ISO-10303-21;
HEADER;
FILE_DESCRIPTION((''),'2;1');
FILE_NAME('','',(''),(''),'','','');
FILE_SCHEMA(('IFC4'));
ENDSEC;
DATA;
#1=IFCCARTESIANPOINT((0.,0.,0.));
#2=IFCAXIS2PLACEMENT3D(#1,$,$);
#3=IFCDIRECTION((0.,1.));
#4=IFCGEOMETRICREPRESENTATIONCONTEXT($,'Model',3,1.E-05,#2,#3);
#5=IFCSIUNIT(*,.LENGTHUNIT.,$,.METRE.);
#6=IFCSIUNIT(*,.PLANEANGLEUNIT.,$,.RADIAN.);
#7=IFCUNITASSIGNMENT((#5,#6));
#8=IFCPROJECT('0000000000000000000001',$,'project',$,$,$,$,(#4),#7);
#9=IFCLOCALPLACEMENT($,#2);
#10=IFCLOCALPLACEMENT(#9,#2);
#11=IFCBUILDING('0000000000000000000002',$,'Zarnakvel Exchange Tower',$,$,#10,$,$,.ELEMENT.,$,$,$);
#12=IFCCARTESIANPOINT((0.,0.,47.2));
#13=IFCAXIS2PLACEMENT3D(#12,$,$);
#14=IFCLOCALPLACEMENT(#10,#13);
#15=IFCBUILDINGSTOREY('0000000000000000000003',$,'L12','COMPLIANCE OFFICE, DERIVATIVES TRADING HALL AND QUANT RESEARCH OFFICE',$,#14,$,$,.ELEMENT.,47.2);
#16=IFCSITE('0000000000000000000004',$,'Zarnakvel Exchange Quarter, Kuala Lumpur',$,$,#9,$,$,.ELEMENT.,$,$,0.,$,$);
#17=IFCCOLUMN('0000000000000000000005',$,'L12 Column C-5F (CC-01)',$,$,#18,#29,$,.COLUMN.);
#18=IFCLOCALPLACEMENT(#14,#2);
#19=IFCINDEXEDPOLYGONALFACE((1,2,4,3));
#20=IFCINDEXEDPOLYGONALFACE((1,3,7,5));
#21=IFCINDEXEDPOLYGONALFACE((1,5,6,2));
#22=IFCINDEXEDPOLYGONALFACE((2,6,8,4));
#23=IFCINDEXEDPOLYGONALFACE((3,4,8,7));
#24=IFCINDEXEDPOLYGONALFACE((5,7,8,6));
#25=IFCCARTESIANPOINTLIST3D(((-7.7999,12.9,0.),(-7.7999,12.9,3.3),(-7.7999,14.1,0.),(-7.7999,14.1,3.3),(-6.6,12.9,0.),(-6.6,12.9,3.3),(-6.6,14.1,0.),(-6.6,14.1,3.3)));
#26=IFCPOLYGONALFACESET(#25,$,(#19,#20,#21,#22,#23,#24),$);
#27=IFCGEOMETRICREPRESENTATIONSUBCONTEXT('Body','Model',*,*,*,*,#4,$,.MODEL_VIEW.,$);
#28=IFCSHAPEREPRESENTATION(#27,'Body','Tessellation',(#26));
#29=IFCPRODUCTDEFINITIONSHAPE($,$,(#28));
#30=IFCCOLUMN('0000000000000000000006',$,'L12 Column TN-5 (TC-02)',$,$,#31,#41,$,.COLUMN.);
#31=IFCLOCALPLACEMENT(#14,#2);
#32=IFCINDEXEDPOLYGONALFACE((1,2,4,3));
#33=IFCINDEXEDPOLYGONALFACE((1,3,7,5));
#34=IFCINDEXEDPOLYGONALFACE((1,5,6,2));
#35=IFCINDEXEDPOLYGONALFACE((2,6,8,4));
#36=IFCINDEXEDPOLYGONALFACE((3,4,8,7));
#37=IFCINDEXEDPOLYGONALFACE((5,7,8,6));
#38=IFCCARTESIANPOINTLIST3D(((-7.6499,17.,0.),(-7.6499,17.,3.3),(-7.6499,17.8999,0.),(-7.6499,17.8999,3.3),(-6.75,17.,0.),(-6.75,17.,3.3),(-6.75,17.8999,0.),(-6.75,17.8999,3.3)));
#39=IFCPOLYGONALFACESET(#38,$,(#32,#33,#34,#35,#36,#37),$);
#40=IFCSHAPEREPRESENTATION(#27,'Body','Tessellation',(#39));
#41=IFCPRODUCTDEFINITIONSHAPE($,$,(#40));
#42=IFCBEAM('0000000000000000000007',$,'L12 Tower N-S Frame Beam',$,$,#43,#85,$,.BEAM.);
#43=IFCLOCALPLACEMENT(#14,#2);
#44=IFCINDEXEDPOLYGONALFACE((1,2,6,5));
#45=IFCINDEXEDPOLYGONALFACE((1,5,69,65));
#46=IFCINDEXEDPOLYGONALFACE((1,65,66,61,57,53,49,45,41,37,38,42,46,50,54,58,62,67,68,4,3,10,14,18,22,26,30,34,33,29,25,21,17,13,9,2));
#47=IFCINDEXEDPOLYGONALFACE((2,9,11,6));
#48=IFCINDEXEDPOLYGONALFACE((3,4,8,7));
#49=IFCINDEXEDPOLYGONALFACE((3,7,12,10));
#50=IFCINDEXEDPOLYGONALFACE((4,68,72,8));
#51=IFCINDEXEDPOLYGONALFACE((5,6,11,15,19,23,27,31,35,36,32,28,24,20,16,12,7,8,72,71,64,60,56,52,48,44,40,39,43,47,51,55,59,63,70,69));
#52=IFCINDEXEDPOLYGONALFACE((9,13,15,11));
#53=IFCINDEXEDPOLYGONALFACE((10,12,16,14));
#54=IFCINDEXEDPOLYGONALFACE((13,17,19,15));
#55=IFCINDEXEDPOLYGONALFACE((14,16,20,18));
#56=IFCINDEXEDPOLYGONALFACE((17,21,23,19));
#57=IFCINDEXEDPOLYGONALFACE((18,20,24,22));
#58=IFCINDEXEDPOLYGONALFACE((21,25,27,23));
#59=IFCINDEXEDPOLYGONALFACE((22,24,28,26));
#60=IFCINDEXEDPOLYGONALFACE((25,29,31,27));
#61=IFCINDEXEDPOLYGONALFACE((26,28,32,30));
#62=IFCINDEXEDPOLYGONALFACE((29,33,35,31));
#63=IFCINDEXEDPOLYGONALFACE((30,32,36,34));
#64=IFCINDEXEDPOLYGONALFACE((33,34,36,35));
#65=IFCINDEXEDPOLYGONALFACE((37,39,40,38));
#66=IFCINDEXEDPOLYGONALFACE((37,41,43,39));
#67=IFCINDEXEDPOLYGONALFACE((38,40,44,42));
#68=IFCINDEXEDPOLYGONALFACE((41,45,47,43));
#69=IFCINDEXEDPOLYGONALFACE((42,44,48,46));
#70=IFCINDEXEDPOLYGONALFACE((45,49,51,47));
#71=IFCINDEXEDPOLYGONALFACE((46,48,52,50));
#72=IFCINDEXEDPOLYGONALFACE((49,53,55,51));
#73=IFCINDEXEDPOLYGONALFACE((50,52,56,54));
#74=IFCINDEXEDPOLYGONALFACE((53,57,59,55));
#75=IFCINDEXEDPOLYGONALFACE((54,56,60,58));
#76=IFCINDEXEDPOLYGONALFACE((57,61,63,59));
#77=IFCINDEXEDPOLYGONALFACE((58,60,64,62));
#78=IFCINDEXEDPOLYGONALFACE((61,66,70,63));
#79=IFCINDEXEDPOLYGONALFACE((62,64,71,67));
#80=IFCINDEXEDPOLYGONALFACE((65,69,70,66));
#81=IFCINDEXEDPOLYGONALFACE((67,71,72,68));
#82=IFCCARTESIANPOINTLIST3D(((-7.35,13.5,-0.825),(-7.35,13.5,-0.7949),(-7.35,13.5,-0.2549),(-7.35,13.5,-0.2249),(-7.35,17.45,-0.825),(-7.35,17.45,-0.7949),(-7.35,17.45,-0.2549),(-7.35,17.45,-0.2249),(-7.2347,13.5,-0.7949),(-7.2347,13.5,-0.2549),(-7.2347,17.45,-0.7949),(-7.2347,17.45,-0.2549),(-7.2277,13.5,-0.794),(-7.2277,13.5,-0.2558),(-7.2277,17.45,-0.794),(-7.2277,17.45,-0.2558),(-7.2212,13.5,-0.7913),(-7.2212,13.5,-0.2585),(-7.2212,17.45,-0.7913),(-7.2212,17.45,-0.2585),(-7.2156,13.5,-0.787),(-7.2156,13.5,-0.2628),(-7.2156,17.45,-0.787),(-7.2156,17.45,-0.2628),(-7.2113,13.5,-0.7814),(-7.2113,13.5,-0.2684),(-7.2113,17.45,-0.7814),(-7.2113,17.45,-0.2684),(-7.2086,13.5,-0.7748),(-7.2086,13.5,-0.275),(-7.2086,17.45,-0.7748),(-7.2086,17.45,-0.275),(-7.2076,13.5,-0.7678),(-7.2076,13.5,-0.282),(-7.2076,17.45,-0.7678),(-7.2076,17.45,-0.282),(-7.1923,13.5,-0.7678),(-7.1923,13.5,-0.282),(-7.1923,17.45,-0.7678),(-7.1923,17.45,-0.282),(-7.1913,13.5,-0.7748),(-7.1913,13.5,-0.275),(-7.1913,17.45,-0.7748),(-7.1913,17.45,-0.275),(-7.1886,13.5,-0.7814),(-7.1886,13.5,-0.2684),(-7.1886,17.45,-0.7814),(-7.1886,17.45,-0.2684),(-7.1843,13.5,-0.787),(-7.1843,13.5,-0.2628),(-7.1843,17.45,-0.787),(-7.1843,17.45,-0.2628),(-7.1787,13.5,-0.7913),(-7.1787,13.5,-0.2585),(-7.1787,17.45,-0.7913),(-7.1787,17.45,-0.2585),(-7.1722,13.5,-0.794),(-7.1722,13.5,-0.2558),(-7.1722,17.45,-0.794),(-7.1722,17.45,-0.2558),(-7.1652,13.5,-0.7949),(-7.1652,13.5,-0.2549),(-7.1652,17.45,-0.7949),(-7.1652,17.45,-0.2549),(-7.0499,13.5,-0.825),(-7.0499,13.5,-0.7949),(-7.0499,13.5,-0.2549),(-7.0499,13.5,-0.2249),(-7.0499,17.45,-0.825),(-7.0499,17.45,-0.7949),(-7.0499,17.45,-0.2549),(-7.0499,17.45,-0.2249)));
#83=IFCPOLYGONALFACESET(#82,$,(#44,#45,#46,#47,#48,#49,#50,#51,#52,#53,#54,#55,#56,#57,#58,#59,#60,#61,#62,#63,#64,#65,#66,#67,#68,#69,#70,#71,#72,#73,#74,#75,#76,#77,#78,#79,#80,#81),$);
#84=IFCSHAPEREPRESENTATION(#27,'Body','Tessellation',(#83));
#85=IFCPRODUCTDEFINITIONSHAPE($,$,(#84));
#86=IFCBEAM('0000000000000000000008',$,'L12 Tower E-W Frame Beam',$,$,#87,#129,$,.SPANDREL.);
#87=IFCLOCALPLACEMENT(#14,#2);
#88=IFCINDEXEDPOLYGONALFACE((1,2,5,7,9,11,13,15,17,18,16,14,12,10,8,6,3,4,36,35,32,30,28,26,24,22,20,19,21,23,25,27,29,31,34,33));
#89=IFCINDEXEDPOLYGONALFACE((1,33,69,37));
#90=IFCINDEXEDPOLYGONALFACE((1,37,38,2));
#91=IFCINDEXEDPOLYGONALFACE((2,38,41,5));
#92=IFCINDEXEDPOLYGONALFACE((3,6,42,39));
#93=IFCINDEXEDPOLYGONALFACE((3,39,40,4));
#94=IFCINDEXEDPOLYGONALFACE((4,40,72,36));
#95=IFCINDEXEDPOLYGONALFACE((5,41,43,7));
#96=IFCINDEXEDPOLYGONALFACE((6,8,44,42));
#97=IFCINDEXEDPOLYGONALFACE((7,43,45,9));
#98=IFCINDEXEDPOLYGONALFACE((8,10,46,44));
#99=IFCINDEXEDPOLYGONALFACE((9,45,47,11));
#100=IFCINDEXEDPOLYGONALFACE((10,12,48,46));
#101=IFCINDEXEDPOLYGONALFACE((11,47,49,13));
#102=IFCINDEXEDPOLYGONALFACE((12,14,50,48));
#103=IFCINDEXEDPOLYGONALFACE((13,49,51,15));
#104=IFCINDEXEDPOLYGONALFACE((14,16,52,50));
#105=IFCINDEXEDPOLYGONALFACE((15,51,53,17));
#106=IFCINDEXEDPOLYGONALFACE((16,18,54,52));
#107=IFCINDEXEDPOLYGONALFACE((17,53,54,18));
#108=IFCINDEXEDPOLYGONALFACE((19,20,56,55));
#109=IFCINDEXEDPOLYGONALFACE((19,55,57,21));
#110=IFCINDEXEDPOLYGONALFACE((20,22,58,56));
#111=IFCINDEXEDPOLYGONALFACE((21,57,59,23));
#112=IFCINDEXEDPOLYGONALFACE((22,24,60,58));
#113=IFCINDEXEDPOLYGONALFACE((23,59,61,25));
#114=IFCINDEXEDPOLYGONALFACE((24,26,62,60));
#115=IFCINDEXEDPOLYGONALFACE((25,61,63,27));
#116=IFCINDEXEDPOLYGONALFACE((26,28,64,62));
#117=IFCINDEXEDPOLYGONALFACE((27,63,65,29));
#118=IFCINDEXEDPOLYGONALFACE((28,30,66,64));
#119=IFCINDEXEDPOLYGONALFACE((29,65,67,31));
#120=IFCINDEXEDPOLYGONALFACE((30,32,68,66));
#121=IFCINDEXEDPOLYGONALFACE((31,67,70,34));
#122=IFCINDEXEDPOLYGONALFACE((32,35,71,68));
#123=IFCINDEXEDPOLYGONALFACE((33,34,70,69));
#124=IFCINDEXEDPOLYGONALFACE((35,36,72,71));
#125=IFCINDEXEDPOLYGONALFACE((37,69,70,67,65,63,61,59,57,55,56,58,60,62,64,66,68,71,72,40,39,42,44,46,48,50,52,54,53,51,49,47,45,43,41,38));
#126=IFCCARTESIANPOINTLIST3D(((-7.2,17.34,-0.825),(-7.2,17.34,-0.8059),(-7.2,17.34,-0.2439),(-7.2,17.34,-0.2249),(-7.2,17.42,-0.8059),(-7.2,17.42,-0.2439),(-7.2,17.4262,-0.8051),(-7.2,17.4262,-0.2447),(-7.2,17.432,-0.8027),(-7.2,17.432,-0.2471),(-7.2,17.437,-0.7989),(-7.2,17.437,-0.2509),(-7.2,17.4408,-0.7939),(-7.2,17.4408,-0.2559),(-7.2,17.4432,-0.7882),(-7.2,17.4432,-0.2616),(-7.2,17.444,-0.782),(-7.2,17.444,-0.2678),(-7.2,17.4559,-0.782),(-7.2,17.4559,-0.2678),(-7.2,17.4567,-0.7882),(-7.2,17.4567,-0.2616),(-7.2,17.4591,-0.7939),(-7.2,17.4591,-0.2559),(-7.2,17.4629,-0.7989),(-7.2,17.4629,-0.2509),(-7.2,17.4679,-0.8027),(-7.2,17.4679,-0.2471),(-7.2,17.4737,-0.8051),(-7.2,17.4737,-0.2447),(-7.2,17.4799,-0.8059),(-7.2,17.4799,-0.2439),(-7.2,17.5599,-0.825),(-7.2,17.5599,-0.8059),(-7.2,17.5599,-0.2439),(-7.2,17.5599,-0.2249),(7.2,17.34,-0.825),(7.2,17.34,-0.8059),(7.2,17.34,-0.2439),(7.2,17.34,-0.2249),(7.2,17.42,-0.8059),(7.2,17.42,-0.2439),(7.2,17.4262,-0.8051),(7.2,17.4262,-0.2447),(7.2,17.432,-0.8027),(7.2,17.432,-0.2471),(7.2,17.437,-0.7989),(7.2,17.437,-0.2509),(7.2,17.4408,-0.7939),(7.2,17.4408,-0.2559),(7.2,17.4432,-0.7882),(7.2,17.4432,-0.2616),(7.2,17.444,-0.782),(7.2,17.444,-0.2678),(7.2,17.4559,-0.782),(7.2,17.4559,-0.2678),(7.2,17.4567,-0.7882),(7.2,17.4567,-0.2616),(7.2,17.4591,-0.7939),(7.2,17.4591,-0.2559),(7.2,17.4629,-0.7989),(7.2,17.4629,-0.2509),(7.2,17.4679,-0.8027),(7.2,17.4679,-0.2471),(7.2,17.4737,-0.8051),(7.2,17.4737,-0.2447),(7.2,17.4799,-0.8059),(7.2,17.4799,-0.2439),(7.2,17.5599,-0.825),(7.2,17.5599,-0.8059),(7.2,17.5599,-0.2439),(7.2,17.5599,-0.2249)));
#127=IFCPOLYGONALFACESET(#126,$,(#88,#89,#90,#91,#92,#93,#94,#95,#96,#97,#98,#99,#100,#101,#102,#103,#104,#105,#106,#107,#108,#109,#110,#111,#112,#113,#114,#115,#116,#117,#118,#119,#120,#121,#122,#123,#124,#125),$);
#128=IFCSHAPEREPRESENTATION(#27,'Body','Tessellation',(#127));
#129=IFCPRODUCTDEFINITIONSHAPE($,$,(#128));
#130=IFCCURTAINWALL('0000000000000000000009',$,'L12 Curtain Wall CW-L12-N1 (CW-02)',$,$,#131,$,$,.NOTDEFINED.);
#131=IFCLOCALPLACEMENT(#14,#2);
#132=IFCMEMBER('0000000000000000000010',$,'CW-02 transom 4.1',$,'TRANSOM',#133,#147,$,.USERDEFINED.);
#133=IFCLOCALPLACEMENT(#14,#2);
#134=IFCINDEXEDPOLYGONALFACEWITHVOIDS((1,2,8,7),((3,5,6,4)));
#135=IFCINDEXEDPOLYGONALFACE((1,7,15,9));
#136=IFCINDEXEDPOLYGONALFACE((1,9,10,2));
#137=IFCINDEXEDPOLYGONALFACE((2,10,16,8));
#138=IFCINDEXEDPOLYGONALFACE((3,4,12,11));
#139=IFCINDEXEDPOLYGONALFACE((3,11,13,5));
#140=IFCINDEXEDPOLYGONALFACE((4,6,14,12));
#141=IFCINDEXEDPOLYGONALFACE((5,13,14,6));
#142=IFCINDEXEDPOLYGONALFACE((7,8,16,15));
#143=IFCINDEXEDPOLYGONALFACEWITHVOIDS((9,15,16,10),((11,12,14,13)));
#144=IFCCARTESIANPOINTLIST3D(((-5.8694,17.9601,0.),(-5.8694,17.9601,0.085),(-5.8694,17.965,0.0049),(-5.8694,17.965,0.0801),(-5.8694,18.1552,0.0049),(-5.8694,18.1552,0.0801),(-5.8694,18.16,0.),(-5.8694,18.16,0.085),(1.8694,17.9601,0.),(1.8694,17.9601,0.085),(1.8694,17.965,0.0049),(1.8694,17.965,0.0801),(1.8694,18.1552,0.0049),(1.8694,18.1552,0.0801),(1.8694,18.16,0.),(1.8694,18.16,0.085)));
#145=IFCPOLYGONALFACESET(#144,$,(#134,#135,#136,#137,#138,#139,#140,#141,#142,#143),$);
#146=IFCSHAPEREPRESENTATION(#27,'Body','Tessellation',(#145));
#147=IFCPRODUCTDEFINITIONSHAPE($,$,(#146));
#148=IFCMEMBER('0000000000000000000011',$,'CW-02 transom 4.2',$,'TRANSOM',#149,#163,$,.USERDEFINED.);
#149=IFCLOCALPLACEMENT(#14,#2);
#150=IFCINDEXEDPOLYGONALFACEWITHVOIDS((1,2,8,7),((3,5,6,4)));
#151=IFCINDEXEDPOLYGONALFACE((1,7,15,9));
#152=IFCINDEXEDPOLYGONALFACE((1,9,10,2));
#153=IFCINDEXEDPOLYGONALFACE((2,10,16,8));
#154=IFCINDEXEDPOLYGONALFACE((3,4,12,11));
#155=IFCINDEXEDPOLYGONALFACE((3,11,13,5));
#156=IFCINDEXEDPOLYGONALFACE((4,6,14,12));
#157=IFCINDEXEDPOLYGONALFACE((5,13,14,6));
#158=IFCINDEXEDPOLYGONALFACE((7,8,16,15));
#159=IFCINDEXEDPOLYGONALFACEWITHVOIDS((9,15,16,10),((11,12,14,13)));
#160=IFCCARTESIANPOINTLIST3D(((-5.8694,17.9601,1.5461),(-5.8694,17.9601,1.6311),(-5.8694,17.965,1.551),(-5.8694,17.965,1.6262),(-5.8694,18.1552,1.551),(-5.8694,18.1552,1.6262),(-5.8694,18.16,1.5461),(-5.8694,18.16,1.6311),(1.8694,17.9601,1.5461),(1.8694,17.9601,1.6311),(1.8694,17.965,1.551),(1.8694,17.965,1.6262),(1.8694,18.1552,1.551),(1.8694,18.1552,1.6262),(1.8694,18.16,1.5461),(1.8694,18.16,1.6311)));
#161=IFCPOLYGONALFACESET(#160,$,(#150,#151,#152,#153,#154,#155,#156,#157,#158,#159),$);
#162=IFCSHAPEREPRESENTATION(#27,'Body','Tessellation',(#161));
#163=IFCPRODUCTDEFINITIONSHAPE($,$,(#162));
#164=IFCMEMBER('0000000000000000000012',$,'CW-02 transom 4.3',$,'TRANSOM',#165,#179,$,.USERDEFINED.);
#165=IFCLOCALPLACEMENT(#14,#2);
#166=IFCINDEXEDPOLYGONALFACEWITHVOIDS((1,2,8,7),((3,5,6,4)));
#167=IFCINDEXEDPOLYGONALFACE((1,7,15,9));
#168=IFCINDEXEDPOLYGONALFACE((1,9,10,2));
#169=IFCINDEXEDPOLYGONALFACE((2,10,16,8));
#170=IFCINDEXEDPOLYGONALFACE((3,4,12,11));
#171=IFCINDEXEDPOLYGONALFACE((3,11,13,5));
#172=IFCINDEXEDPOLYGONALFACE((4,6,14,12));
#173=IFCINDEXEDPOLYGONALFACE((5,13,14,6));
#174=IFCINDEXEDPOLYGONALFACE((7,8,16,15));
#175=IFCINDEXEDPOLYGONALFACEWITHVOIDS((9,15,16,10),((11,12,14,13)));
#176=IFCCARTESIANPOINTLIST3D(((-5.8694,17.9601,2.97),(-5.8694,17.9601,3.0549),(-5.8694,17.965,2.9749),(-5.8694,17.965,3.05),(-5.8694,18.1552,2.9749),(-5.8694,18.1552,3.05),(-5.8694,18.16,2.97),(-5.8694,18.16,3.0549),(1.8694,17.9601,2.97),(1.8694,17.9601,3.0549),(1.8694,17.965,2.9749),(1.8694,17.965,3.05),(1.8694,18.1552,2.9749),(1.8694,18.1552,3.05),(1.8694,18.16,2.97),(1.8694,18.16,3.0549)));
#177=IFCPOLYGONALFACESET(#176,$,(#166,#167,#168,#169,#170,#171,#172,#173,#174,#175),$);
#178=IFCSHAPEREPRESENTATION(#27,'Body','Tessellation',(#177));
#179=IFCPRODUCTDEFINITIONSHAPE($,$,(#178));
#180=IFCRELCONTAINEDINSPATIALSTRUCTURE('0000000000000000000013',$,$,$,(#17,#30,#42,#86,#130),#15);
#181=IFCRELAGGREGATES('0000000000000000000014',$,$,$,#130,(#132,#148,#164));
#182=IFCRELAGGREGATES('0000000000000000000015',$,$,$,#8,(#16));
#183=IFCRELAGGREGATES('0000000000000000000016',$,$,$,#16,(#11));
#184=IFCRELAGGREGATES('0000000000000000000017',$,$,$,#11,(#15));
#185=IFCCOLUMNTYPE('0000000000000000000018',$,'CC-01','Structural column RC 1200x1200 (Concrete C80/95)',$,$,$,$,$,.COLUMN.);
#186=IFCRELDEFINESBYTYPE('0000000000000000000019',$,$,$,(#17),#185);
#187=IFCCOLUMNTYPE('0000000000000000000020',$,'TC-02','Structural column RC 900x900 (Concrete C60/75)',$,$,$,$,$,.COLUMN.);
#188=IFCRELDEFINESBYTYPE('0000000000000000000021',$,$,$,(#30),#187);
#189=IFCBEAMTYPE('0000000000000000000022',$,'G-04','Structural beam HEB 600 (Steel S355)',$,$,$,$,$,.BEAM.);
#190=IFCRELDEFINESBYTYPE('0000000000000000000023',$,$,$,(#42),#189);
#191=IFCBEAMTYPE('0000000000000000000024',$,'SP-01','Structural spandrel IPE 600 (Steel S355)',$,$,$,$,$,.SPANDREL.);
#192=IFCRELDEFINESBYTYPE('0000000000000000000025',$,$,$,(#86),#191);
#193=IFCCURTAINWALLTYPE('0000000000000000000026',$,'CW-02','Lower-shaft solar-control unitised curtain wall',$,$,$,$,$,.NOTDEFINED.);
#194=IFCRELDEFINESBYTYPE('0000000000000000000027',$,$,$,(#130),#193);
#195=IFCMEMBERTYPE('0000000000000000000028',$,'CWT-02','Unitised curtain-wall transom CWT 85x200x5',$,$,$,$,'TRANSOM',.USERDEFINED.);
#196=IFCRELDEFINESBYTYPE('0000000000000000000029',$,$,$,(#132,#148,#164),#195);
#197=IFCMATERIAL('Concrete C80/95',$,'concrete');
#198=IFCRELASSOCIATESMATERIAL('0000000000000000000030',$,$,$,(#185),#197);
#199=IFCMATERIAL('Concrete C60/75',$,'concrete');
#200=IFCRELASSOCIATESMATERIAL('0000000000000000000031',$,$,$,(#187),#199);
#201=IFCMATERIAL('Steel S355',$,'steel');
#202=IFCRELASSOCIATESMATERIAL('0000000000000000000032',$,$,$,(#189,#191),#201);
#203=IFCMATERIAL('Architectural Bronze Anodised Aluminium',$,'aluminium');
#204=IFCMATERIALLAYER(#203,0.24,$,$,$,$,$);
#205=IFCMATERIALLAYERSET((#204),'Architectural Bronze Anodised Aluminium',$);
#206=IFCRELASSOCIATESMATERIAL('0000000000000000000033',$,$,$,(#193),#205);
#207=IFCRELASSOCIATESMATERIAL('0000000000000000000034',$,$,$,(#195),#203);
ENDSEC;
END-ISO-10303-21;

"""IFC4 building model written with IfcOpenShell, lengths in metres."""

from ifc_helpers import new_model, si_unit, direction, frame, origin, origin_2d, place, context, subcontext, project, spatial, rectangle, hollow_rectangle, i_section, extrude, source, transform, mapped, material, layer, layer_set, material_profile, profile_set, type_object, element, aggregate, save


model = new_model("IFC4")

# Units and contexts
model_context = context("Model", 3, precision=1e-05, world=origin(), true_north=direction((0.0, 1.0)))
body_context = subcontext(model_context, "Body", "Model", "MODEL_VIEW")
ifc_project = project(units=[si_unit("LENGTHUNIT", "METRE"), si_unit("PLANEANGLEUNIT", "RADIAN")], contexts=[model_context])

# Site, building, storey
site_placement = place(None, origin())
site = spatial("IfcSite", under=ifc_project, at=site_placement, Name="Zarnakvel Exchange Quarter, Kuala Lumpur", CompositionType="ELEMENT", RefElevation=0.0)
building_placement = place(site_placement, origin())
building = spatial("IfcBuilding", under=site, at=building_placement, Name="Zarnakvel Exchange Tower", CompositionType="ELEMENT")
storey_placement = place(building_placement, frame((0.0, 0.0, 47.2)))
storey = spatial("IfcBuildingStorey", under=building, at=storey_placement, Name="L12", Description="COMPLIANCE OFFICE, DERIVATIVES TRADING HALL AND QUANT RESEARCH OFFICE", CompositionType="ELEMENT", Elevation=47.2)

# Columns
ifc_material_1 = material(Name="Concrete C80/95", Category="concrete")
ifc_material_profile_1 = material_profile(ifc_material_1, rectangle(XDim=1.2, YDim=1.2, at=origin_2d()))
ifc_profile_set_1 = profile_set([ifc_material_profile_1], Name="Concrete C80/95")
column_type_1 = type_object("IfcColumnType", Name="CC-01", Description="Structural column RC 1200x1200 (Concrete C80/95)", PredefinedType="COLUMN", material=ifc_profile_set_1)
column_1_placement = place(storey_placement, frame((-7.2, 13.5, 0.0), z_axis=(0.0, 0.0, 1.0), x_axis=(1.0, 0.0, 0.0)))
element("IfcColumn", 1, at=column_1_placement, inside=storey, type_object=column_type_1, Name="L12 Column C-5F (CC-01)", PredefinedType="COLUMN", context=body_context, shape_type="SweptSolid", body=[
    extrude(rectangle(XDim=1.2, YDim=1.2, at=origin_2d()), origin(), (0.0, 0.0, 1.0), 3.3),
])
ifc_material_2 = material(Name="Concrete C60/75", Category="concrete")
ifc_material_profile_2 = material_profile(ifc_material_2, rectangle(XDim=0.8999, YDim=0.8999, at=origin_2d()))
ifc_profile_set_2 = profile_set([ifc_material_profile_2], Name="Concrete C60/75")
column_type_2 = type_object("IfcColumnType", Name="TC-02", Description="Structural column RC 900x900 (Concrete C60/75)", PredefinedType="COLUMN", material=ifc_profile_set_2)
column_2_placement = place(storey_placement, frame((-7.2, 17.45, 0.0), z_axis=(0.0, 0.0, 1.0), x_axis=(1.0, 0.0, 0.0)))
element("IfcColumn", 2, at=column_2_placement, inside=storey, type_object=column_type_2, Name="L12 Column TN-5 (TC-02)", PredefinedType="COLUMN", context=body_context, shape_type="SweptSolid", body=[
    extrude(rectangle(XDim=0.8999, YDim=0.8999, at=origin_2d()), origin(), (0.0, 0.0, 1.0), 3.3),
])

# Beams
ifc_material_3 = material(Name="Steel S355", Category="steel")
ifc_material_profile_3 = material_profile(ifc_material_3, i_section(OverallWidth=0.3, OverallDepth=0.6001, WebThickness=0.0154, FlangeThickness=0.03, FilletRadius=0.0271, at=origin_2d()))
ifc_profile_set_3 = profile_set([ifc_material_profile_3], Name="Steel S355")
beam_type_1 = type_object("IfcBeamType", Name="G-04", Description="Structural beam HEB 600 (Steel S355)", PredefinedType="BEAM", material=ifc_profile_set_3)
beam_1_placement = place(storey_placement, frame((-7.2, 13.5, -0.5249), z_axis=(0.0, 1.0, 0.0), x_axis=(-1.0, 0.0, 0.0)))
element("IfcBeam", 3, at=beam_1_placement, inside=storey, type_object=beam_type_1, Name="L12 Tower N-S Frame Beam", PredefinedType="BEAM", context=body_context, shape_type="SweptSolid", body=[
    extrude(i_section(OverallWidth=0.3, OverallDepth=0.6001, WebThickness=0.0154, FlangeThickness=0.03, FilletRadius=0.0271, at=origin_2d()), origin(), (0.0, 0.0, 1.0), 3.95),
])
ifc_material_profile_4 = material_profile(ifc_material_3, i_section(OverallWidth=0.22, OverallDepth=0.6001, WebThickness=0.012, FlangeThickness=0.019, FilletRadius=0.0239, at=origin_2d()))
ifc_profile_set_4 = profile_set([ifc_material_profile_4], Name="Steel S355")
beam_type_2 = type_object("IfcBeamType", Name="SP-01", Description="Structural spandrel IPE 600 (Steel S355)", PredefinedType="SPANDREL", material=ifc_profile_set_4)
beam_2_placement = place(storey_placement, frame((-7.2, 17.45, -0.5249), z_axis=(1.0, 0.0, 0.0), x_axis=(0.0, 1.0, 0.0)))
element("IfcBeam", 4, at=beam_2_placement, inside=storey, type_object=beam_type_2, Name="L12 Tower E-W Frame Beam", PredefinedType="SPANDREL", context=body_context, shape_type="SweptSolid", body=[
    extrude(i_section(OverallWidth=0.22, OverallDepth=0.6001, WebThickness=0.012, FlangeThickness=0.019, FilletRadius=0.0239, at=origin_2d()), origin(), (0.0, 0.0, 1.0), 14.3999),
])

# Curtain wall, members
ifc_material_4 = material(Name="Architectural Bronze Anodised Aluminium", Category="aluminium")
ifc_layer_1 = layer(ifc_material_4, 0.24)
ifc_layer_set_1 = layer_set([ifc_layer_1], Name="Architectural Bronze Anodised Aluminium")
curtain_wall_type = type_object("IfcCurtainWallType", Name="CW-02", Description="Lower-shaft solar-control unitised curtain wall", PredefinedType="NOTDEFINED", material=ifc_layer_set_1)
curtain_wall_placement = place(storey_placement, origin())
curtain_wall = element("IfcCurtainWall", 5, at=curtain_wall_placement, inside=storey, type_object=curtain_wall_type, Name="L12 Curtain Wall CW-L12-N1 (CW-02)", PredefinedType="NOTDEFINED")
ifc_material_profile_5 = material_profile(ifc_material_4, hollow_rectangle(XDim=0.2, YDim=0.085, WallThickness=0.0049, at=origin_2d()))
ifc_profile_set_5 = profile_set([ifc_material_profile_5], Name="Architectural Bronze Anodised Aluminium")
member_type_1 = type_object("IfcMemberType", Name="CWT-02", Description="Unitised curtain-wall transom CWT 85x200x5", ElementType="TRANSOM", PredefinedType="USERDEFINED", material=ifc_profile_set_5)
shared_shape_1 = source(origin(), body_context, "Body", "SweptSolid", [
    extrude(hollow_rectangle(XDim=0.2, YDim=0.085, WallThickness=0.0049, at=origin_2d()), origin(), (0.0, 0.0, 1.0), 7.7388),
])
member_1_placement = place(storey_placement, frame((-5.8694, 18.0601, 0.0425), z_axis=(1.0, 0.0, 0.0), x_axis=(0.0, 1.0, 0.0)))
member_1 = element("IfcMember", 6, at=member_1_placement, type_object=member_type_1, Name="CW-02 transom 4.1", ObjectType="TRANSOM", PredefinedType="USERDEFINED", context=body_context, shape_type="MappedRepresentation", body=[
    mapped(shared_shape_1, transform((0.0, 0.0, 0.0), x_axis=(1.0, 0.0, 0.0), y_axis=(0.0, 1.0, 0.0), z_axis=(0.0, 0.0, 1.0), scale=1.0)),
])
member_2_placement = place(storey_placement, frame((-5.8694, 18.0601, 1.5886), z_axis=(1.0, 0.0, 0.0), x_axis=(0.0, 1.0, 0.0)))
member_2 = element("IfcMember", 7, at=member_2_placement, type_object=member_type_1, Name="CW-02 transom 4.2", ObjectType="TRANSOM", PredefinedType="USERDEFINED", context=body_context, shape_type="MappedRepresentation", body=[
    mapped(shared_shape_1, transform((0.0, 0.0, 0.0), x_axis=(1.0, 0.0, 0.0), y_axis=(0.0, 1.0, 0.0), z_axis=(0.0, 0.0, 1.0), scale=1.0)),
])
member_3_placement = place(storey_placement, frame((-5.8694, 18.0601, 3.0125), z_axis=(1.0, 0.0, 0.0), x_axis=(0.0, 1.0, 0.0)))
member_3 = element("IfcMember", 8, at=member_3_placement, type_object=member_type_1, Name="CW-02 transom 4.3", ObjectType="TRANSOM", PredefinedType="USERDEFINED", context=body_context, shape_type="MappedRepresentation", body=[
    mapped(shared_shape_1, transform((0.0, 0.0, 0.0), x_axis=(1.0, 0.0, 0.0), y_axis=(0.0, 1.0, 0.0), z_axis=(0.0, 0.0, 1.0), scale=1.0)),
])
aggregate(curtain_wall, [member_1, member_2, member_3])

save(model, "model.ifc")
